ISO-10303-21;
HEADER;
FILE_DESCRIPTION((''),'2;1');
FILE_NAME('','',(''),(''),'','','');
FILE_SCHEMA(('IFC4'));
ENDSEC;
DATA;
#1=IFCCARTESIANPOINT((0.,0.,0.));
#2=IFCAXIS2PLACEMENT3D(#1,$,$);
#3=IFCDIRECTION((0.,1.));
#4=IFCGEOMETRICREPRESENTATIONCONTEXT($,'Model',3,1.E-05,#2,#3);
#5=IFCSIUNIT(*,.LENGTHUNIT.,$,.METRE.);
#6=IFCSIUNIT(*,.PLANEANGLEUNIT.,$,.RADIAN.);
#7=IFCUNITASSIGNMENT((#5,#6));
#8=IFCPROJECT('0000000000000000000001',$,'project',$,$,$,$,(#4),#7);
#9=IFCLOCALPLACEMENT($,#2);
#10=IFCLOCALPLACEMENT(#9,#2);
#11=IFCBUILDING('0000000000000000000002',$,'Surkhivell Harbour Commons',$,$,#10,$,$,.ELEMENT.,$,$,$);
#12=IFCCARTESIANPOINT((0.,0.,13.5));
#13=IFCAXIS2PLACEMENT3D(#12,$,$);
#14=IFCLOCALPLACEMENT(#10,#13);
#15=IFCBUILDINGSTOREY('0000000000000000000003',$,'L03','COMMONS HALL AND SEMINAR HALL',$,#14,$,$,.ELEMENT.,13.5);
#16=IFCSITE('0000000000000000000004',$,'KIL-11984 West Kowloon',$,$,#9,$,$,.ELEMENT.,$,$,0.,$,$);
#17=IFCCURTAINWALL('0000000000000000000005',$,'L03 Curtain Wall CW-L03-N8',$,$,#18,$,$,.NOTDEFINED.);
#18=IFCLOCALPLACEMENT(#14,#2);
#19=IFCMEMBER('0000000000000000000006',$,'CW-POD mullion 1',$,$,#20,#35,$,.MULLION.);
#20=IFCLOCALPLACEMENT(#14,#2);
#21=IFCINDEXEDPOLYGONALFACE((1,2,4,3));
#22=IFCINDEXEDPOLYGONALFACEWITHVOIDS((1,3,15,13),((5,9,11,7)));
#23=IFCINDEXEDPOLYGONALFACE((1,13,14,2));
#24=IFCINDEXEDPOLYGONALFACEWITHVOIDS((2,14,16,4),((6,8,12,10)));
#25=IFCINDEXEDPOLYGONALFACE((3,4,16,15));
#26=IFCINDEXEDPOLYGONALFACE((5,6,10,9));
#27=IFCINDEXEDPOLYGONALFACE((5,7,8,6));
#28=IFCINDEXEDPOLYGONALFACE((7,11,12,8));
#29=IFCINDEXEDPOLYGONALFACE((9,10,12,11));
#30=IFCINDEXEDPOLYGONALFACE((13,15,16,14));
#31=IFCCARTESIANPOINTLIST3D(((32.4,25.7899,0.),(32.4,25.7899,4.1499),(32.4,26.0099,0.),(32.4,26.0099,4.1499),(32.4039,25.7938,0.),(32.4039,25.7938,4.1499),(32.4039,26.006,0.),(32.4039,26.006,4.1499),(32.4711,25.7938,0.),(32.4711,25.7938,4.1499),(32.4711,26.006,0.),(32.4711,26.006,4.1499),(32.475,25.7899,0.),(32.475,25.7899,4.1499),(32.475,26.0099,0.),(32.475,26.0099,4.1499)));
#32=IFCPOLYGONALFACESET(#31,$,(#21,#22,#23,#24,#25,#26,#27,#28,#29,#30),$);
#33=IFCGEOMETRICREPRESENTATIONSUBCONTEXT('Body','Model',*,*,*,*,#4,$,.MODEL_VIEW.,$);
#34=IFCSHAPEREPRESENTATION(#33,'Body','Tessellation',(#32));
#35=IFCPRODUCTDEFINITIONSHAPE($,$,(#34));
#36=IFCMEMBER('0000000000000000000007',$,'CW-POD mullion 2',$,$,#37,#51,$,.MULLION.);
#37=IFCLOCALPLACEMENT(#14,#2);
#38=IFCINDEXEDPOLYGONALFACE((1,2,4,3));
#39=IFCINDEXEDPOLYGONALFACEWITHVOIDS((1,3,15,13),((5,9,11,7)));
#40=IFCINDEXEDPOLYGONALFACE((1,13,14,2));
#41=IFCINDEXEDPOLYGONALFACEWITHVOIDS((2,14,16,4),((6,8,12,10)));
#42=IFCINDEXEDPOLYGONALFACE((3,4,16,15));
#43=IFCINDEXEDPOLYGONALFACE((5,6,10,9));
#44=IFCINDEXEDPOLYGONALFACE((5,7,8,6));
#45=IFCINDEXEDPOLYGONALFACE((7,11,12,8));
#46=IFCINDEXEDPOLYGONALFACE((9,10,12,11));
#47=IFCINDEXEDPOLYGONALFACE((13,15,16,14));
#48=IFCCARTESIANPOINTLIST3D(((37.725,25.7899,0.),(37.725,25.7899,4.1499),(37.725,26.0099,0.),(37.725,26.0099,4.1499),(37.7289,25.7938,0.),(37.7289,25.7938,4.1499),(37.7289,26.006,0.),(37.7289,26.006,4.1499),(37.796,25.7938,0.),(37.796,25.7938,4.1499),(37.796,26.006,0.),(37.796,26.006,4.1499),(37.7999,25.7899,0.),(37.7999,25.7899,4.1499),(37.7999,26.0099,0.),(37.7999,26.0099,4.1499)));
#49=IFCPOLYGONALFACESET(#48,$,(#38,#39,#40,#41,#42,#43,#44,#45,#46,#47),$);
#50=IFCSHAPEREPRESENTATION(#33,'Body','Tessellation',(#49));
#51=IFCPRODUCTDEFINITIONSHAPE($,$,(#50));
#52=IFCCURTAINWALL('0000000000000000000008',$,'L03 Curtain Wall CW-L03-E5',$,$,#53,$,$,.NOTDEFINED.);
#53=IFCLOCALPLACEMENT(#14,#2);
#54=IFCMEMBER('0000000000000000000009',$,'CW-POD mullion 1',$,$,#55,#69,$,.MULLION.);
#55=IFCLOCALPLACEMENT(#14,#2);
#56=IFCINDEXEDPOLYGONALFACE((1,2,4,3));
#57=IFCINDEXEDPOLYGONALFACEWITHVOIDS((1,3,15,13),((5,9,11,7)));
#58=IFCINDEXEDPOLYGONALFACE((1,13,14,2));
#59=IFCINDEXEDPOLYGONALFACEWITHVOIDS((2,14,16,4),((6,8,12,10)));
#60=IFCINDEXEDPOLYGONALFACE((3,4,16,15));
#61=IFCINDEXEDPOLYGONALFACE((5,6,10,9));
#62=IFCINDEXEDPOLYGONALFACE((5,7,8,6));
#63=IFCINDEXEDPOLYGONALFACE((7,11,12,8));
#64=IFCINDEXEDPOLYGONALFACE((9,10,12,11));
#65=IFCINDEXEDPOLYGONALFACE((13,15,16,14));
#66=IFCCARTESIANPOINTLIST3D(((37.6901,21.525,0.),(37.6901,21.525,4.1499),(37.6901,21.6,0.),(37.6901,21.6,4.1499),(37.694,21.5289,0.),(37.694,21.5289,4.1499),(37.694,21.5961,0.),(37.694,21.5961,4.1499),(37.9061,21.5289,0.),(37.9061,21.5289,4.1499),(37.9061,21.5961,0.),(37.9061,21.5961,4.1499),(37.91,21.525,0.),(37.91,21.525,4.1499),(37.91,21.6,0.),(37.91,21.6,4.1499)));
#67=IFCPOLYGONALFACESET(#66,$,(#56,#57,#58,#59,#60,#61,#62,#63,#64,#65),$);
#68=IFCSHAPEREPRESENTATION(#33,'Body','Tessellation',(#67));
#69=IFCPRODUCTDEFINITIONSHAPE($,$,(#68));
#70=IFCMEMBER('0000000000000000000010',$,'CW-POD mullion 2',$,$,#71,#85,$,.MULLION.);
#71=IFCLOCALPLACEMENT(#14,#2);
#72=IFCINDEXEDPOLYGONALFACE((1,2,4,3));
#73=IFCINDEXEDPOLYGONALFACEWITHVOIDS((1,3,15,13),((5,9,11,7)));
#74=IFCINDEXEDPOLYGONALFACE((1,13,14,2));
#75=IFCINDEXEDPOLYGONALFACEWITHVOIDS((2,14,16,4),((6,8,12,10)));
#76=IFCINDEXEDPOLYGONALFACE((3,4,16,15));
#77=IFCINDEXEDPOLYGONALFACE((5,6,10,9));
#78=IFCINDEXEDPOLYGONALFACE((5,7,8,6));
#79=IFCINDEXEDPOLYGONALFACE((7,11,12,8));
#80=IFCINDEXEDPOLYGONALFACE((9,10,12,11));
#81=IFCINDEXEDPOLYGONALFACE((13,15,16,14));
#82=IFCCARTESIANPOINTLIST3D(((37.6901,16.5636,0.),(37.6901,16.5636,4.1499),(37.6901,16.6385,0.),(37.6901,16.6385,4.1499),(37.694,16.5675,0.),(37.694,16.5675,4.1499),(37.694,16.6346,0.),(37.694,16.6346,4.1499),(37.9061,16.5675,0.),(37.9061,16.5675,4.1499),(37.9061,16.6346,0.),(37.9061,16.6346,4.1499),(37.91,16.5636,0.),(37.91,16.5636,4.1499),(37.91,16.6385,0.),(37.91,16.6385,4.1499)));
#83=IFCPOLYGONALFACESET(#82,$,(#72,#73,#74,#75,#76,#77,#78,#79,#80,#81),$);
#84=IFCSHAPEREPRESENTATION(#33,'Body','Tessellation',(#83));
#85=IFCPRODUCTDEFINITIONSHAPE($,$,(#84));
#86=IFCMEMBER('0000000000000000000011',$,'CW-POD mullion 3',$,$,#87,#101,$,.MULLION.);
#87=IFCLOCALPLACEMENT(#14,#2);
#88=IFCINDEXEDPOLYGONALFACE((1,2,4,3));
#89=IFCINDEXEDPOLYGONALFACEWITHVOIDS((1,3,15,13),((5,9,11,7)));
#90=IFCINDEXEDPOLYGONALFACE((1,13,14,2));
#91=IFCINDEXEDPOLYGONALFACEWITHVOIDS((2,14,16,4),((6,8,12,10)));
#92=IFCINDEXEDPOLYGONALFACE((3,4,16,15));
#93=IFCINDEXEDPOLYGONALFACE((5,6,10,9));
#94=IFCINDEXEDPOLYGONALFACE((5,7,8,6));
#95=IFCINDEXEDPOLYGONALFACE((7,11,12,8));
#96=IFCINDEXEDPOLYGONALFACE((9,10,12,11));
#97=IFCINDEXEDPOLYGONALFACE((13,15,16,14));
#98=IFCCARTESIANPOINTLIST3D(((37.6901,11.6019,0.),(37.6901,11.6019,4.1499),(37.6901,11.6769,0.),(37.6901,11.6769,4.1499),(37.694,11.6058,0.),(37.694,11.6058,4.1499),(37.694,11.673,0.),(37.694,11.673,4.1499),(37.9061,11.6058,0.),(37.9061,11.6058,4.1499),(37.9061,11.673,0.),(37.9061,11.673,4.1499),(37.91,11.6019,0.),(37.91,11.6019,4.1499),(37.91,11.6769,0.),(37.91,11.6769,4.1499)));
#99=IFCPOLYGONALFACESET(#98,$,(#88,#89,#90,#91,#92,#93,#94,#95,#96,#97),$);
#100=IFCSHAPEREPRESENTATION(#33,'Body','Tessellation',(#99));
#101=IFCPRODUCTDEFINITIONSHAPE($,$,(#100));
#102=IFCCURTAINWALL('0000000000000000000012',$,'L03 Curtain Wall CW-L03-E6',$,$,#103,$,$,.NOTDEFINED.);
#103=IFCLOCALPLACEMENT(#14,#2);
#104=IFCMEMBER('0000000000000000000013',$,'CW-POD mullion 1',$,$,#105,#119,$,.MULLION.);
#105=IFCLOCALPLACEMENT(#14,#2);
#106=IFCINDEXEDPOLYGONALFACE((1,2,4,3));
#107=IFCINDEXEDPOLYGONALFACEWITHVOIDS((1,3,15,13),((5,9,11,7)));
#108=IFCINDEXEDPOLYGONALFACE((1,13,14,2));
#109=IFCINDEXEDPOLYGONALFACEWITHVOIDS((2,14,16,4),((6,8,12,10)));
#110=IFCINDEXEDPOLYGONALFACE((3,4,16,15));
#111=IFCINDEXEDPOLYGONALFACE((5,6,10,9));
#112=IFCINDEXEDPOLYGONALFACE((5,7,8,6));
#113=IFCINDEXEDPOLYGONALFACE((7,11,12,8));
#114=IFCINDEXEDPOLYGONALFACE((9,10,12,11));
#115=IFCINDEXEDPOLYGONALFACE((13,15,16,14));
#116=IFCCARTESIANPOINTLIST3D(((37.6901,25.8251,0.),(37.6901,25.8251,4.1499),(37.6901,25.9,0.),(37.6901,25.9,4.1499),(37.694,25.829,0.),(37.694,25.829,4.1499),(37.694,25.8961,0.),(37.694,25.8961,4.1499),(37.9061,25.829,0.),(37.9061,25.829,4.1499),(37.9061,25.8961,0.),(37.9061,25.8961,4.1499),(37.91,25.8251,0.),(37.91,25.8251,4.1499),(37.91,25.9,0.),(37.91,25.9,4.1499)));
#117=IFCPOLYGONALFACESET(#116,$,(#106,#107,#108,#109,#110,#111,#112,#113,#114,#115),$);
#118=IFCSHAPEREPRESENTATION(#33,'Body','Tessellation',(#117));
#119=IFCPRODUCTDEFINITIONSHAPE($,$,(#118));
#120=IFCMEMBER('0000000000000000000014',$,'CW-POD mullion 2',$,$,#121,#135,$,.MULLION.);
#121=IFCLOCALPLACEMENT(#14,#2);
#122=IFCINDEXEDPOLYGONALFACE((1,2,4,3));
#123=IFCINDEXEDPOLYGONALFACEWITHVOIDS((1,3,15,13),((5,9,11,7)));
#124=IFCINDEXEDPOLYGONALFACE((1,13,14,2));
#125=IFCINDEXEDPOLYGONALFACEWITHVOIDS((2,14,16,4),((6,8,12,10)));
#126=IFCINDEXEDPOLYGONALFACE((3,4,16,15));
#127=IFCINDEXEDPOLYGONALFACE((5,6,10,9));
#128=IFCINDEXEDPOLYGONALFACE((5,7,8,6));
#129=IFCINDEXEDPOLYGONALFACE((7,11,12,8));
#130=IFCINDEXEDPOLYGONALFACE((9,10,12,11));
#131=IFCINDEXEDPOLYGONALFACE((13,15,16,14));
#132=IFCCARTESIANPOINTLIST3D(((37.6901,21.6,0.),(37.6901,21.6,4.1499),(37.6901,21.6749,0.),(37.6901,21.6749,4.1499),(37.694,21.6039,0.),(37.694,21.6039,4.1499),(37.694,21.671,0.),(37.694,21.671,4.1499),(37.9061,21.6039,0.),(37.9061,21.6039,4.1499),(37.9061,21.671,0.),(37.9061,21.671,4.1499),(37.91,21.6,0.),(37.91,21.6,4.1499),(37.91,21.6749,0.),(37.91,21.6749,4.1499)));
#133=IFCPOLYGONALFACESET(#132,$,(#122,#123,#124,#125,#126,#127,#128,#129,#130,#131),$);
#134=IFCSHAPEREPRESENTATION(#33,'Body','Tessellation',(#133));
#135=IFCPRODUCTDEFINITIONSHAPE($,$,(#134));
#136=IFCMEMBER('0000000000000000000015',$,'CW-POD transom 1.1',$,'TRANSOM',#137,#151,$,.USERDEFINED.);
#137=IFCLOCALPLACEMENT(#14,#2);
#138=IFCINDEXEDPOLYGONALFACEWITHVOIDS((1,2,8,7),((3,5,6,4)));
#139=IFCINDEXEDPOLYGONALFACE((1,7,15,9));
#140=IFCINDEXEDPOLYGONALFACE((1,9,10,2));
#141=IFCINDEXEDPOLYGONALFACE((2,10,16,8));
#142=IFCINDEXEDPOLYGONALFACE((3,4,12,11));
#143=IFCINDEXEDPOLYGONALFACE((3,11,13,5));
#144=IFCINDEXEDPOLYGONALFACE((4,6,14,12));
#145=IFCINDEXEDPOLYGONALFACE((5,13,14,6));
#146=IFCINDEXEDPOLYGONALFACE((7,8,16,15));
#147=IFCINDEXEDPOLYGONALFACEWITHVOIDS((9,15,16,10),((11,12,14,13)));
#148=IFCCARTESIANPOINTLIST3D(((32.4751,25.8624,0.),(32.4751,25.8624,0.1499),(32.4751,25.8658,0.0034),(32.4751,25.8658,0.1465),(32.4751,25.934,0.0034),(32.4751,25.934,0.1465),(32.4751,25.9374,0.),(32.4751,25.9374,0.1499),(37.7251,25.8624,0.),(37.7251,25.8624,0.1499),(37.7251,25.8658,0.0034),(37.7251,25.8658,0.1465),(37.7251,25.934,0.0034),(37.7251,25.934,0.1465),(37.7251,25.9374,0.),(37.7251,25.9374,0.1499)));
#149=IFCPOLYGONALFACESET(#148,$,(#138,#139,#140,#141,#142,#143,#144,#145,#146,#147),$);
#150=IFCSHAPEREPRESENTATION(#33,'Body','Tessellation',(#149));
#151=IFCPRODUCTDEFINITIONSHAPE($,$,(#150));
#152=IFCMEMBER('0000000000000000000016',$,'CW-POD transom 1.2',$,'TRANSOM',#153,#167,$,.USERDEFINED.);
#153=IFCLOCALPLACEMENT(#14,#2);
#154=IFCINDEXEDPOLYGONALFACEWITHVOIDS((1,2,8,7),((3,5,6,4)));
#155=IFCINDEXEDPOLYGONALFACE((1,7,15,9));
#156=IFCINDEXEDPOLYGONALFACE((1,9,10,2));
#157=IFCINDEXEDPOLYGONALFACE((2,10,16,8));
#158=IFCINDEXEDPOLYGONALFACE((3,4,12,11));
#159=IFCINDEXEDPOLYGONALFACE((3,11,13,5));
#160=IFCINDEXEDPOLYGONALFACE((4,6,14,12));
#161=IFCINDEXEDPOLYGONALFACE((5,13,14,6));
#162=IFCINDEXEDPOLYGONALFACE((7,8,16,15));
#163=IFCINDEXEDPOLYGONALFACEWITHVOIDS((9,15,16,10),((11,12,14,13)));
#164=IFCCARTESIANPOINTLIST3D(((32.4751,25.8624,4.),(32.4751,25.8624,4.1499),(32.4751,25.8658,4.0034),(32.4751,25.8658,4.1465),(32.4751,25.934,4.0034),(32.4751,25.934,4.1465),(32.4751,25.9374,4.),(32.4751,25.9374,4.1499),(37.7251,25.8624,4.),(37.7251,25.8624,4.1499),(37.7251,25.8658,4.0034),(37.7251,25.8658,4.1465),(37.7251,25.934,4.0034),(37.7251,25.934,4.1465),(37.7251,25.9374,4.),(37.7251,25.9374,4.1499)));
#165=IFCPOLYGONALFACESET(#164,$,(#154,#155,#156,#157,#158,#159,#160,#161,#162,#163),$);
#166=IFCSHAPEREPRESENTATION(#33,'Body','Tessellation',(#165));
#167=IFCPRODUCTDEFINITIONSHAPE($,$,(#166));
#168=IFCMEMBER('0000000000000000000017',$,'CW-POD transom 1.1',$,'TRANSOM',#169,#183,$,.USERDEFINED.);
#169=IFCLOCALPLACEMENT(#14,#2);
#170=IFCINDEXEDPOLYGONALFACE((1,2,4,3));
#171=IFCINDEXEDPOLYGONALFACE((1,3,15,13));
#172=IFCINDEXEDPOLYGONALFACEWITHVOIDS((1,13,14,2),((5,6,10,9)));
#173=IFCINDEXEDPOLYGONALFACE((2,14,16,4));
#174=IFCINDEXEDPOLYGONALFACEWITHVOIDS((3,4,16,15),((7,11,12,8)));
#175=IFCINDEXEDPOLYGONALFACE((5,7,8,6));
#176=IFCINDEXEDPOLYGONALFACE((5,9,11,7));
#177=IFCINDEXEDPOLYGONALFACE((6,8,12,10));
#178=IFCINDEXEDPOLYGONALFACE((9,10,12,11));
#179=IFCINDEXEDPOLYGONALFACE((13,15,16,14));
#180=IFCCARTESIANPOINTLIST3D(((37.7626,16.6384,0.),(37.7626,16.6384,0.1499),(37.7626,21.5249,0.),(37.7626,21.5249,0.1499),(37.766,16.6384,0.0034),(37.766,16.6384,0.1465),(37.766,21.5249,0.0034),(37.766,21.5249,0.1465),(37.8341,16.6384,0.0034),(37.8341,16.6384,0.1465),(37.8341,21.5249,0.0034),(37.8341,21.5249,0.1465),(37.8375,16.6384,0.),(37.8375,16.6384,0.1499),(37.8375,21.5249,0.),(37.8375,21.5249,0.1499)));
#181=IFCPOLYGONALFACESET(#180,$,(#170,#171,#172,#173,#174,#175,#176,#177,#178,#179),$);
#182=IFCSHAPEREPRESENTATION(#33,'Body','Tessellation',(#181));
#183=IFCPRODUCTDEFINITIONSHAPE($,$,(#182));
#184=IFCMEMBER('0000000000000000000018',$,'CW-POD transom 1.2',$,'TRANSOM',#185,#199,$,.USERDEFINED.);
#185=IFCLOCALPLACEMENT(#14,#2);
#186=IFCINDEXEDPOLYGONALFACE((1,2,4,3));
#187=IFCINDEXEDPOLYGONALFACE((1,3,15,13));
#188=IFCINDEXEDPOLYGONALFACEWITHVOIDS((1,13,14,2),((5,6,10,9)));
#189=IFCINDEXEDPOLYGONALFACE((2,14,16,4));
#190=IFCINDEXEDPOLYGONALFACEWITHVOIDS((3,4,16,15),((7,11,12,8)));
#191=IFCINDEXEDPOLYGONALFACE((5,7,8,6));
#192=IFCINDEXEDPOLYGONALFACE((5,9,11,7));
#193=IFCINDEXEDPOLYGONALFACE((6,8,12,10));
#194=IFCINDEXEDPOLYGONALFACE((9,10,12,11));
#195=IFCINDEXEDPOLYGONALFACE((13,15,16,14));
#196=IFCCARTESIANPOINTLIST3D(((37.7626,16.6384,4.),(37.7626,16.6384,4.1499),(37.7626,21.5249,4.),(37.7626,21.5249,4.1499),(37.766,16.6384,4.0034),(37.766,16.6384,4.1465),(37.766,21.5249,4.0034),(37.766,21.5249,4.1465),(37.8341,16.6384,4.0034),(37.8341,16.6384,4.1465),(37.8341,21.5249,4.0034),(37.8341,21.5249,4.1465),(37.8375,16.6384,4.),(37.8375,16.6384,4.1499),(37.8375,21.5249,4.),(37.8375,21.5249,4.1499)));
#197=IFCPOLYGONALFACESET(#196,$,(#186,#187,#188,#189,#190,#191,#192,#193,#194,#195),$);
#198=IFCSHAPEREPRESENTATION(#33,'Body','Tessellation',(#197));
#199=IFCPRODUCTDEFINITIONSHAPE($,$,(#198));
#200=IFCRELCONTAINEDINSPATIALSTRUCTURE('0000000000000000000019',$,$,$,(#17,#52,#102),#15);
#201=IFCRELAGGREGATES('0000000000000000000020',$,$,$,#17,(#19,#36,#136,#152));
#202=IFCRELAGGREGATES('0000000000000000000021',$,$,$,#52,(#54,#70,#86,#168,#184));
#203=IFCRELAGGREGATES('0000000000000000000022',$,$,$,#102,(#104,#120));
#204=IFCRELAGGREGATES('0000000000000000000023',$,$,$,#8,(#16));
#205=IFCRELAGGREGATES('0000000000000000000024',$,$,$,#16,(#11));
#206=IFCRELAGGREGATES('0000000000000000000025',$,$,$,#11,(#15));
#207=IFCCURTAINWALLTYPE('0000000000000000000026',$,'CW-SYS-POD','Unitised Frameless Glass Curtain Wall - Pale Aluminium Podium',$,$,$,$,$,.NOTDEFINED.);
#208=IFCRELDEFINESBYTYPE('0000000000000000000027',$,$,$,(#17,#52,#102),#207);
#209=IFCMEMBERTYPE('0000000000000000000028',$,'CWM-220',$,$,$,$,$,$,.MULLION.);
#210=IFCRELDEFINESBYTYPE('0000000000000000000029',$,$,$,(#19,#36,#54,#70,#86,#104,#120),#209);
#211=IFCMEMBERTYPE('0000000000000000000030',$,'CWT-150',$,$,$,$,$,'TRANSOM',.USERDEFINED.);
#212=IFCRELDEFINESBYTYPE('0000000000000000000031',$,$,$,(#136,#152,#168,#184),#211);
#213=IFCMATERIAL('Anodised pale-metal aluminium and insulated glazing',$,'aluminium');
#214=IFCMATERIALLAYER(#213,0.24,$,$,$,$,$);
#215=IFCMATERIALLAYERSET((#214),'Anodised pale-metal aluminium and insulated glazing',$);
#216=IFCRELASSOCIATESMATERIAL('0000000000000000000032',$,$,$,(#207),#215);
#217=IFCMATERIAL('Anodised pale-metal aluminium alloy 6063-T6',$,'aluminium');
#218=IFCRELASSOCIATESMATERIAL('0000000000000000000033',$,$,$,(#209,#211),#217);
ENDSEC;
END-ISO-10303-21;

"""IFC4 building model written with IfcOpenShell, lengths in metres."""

from ifc_helpers import new_model, si_unit, direction, frame, origin, origin_2d, place, context, subcontext, project, spatial, hollow_rectangle, extrude, material, layer, layer_set, material_profile, profile_set, type_object, element, aggregate, save


model = new_model("IFC4")

# Units and contexts
model_context = context("Model", 3, precision=1e-05, world=origin(), true_north=direction((0.0, 1.0)))
body_context = subcontext(model_context, "Body", "Model", "MODEL_VIEW")
ifc_project = project(units=[si_unit("LENGTHUNIT", "METRE"), si_unit("PLANEANGLEUNIT", "RADIAN")], contexts=[model_context])

# Site, building, storey
site_placement = place(None, origin())
site = spatial("IfcSite", under=ifc_project, at=site_placement, Name="KIL-11984 West Kowloon", CompositionType="ELEMENT", RefElevation=0.0)
building_placement = place(site_placement, origin())
building = spatial("IfcBuilding", under=site, at=building_placement, Name="Surkhivell Harbour Commons", CompositionType="ELEMENT")
storey_placement = place(building_placement, frame((0.0, 0.0, 13.5)))
storey = spatial("IfcBuildingStorey", under=building, at=storey_placement, Name="L03", Description="COMMONS HALL AND SEMINAR HALL", CompositionType="ELEMENT", Elevation=13.5)

# Shared definitions
ifc_material_1 = material(Name="Anodised pale-metal aluminium and insulated glazing", Category="aluminium")
ifc_layer_1 = layer(ifc_material_1, 0.24)
ifc_layer_set_1 = layer_set([ifc_layer_1], Name="Anodised pale-metal aluminium and insulated glazing")
curtain_wall_type = type_object("IfcCurtainWallType", Name="CW-SYS-POD", Description="Unitised Frameless Glass Curtain Wall - Pale Aluminium Podium", PredefinedType="NOTDEFINED", material=ifc_layer_set_1)
ifc_material_2 = material(Name="Anodised pale-metal aluminium alloy 6063-T6", Category="aluminium")
ifc_material_profile_1 = material_profile(ifc_material_2, hollow_rectangle(XDim=0.075, YDim=0.22, WallThickness=0.0039, at=origin_2d()), Name="ALU-MULL-75x220")
ifc_profile_set_1 = profile_set([ifc_material_profile_1], Name="Anodised pale-metal aluminium alloy 6063-T6")
member_type_1 = type_object("IfcMemberType", Name="CWM-220", PredefinedType="MULLION", material=ifc_profile_set_1)

# Curtain walls, members
curtain_wall_1_placement = place(storey_placement, origin())
curtain_wall_1 = element("IfcCurtainWall", 1, at=curtain_wall_1_placement, inside=storey, type_object=curtain_wall_type, Name="L03 Curtain Wall CW-L03-N8", PredefinedType="NOTDEFINED")
member_1_placement = place(storey_placement, frame((32.4375, 25.8999, 0.0), z_axis=(0.0, 0.0, 1.0), x_axis=(1.0, 0.0, 0.0)))
member_1 = element("IfcMember", 2, at=member_1_placement, type_object=member_type_1, Name="CW-POD mullion 1", PredefinedType="MULLION", context=body_context, shape_type="SweptSolid", body=[
    extrude(hollow_rectangle(XDim=0.075, YDim=0.22, WallThickness=0.0039, at=origin_2d()), origin(), (0.0, 0.0, 1.0), 4.1499),
])
member_2_placement = place(storey_placement, frame((37.7625, 25.8999, 0.0), z_axis=(0.0, 0.0, 1.0), x_axis=(1.0, 0.0, 0.0)))
member_2 = element("IfcMember", 3, at=member_2_placement, type_object=member_type_1, Name="CW-POD mullion 2", PredefinedType="MULLION", context=body_context, shape_type="SweptSolid", body=[
    extrude(hollow_rectangle(XDim=0.075, YDim=0.22, WallThickness=0.0039, at=origin_2d()), origin(), (0.0, 0.0, 1.0), 4.1499),
])
curtain_wall_2_placement = place(storey_placement, origin())
curtain_wall_2 = element("IfcCurtainWall", 4, at=curtain_wall_2_placement, inside=storey, type_object=curtain_wall_type, Name="L03 Curtain Wall CW-L03-E5", PredefinedType="NOTDEFINED")
member_3_placement = place(storey_placement, frame((37.8, 21.5625, 0.0), z_axis=(0.0, 0.0, 1.0), x_axis=(0.0, -1.0, 0.0)))
member_3 = element("IfcMember", 5, at=member_3_placement, type_object=member_type_1, Name="CW-POD mullion 1", PredefinedType="MULLION", context=body_context, shape_type="SweptSolid", body=[
    extrude(hollow_rectangle(XDim=0.075, YDim=0.22, WallThickness=0.0039, at=origin_2d()), origin(), (0.0, 0.0, 1.0), 4.1499),
])
member_4_placement = place(storey_placement, frame((37.8, 16.6011, 0.0), z_axis=(0.0, 0.0, 1.0), x_axis=(0.0, -1.0, 0.0)))
member_4 = element("IfcMember", 6, at=member_4_placement, type_object=member_type_1, Name="CW-POD mullion 2", PredefinedType="MULLION", context=body_context, shape_type="SweptSolid", body=[
    extrude(hollow_rectangle(XDim=0.075, YDim=0.22, WallThickness=0.0039, at=origin_2d()), origin(), (0.0, 0.0, 1.0), 4.1499),
])
member_5_placement = place(storey_placement, frame((37.8, 11.6394, 0.0), z_axis=(0.0, 0.0, 1.0), x_axis=(0.0, -1.0, 0.0)))
member_5 = element("IfcMember", 7, at=member_5_placement, type_object=member_type_1, Name="CW-POD mullion 3", PredefinedType="MULLION", context=body_context, shape_type="SweptSolid", body=[
    extrude(hollow_rectangle(XDim=0.075, YDim=0.22, WallThickness=0.0039, at=origin_2d()), origin(), (0.0, 0.0, 1.0), 4.1499),
])
curtain_wall_3_placement = place(storey_placement, origin())
curtain_wall_3 = element("IfcCurtainWall", 8, at=curtain_wall_3_placement, inside=storey, type_object=curtain_wall_type, Name="L03 Curtain Wall CW-L03-E6", PredefinedType="NOTDEFINED")
member_6_placement = place(storey_placement, frame((37.8, 25.8625, 0.0), z_axis=(0.0, 0.0, 1.0), x_axis=(0.0, -1.0, 0.0)))
member_6 = element("IfcMember", 9, at=member_6_placement, type_object=member_type_1, Name="CW-POD mullion 1", PredefinedType="MULLION", context=body_context, shape_type="SweptSolid", body=[
    extrude(hollow_rectangle(XDim=0.075, YDim=0.22, WallThickness=0.0039, at=origin_2d()), origin(), (0.0, 0.0, 1.0), 4.1499),
])
member_7_placement = place(storey_placement, frame((37.8, 21.6375, 0.0), z_axis=(0.0, 0.0, 1.0), x_axis=(0.0, -1.0, 0.0)))
member_7 = element("IfcMember", 10, at=member_7_placement, type_object=member_type_1, Name="CW-POD mullion 2", PredefinedType="MULLION", context=body_context, shape_type="SweptSolid", body=[
    extrude(hollow_rectangle(XDim=0.075, YDim=0.22, WallThickness=0.0039, at=origin_2d()), origin(), (0.0, 0.0, 1.0), 4.1499),
])

# Members
ifc_material_profile_2 = material_profile(ifc_material_2, hollow_rectangle(XDim=0.075, YDim=0.1499, WallThickness=0.0034, at=origin_2d()), Name="ALU-TRAN-75x150")
ifc_profile_set_2 = profile_set([ifc_material_profile_2], Name="Anodised pale-metal aluminium alloy 6063-T6")
member_type_2 = type_object("IfcMemberType", Name="CWT-150", ElementType="TRANSOM", PredefinedType="USERDEFINED", material=ifc_profile_set_2)
member_8_placement = place(storey_placement, frame((32.4751, 25.8999, 0.075), z_axis=(1.0, 0.0, 0.0), x_axis=(0.0, 1.0, 0.0)))
member_8 = element("IfcMember", 11, at=member_8_placement, type_object=member_type_2, Name="CW-POD transom 1.1", ObjectType="TRANSOM", PredefinedType="USERDEFINED", context=body_context, shape_type="SweptSolid", body=[
    extrude(hollow_rectangle(XDim=0.075, YDim=0.1499, WallThickness=0.0034, at=origin_2d()), origin(), (0.0, 0.0, 1.0), 5.25),
])
member_9_placement = place(storey_placement, frame((32.4751, 25.8999, 4.075), z_axis=(1.0, 0.0, 0.0), x_axis=(0.0, 1.0, 0.0)))
member_9 = element("IfcMember", 12, at=member_9_placement, type_object=member_type_2, Name="CW-POD transom 1.2", ObjectType="TRANSOM", PredefinedType="USERDEFINED", context=body_context, shape_type="SweptSolid", body=[
    extrude(hollow_rectangle(XDim=0.075, YDim=0.1499, WallThickness=0.0034, at=origin_2d()), origin(), (0.0, 0.0, 1.0), 5.25),
])
member_10_placement = place(storey_placement, frame((37.8, 21.5249, 0.075), z_axis=(0.0, -1.0, 0.0), x_axis=(1.0, 0.0, 0.0)))
member_10 = element("IfcMember", 13, at=member_10_placement, type_object=member_type_2, Name="CW-POD transom 1.1", ObjectType="TRANSOM", PredefinedType="USERDEFINED", context=body_context, shape_type="SweptSolid", body=[
    extrude(hollow_rectangle(XDim=0.075, YDim=0.1499, WallThickness=0.0034, at=origin_2d()), origin(), (0.0, 0.0, 1.0), 4.8865),
])
member_11_placement = place(storey_placement, frame((37.8, 21.5249, 4.075), z_axis=(0.0, -1.0, 0.0), x_axis=(1.0, 0.0, 0.0)))
member_11 = element("IfcMember", 14, at=member_11_placement, type_object=member_type_2, Name="CW-POD transom 1.2", ObjectType="TRANSOM", PredefinedType="USERDEFINED", context=body_context, shape_type="SweptSolid", body=[
    extrude(hollow_rectangle(XDim=0.075, YDim=0.1499, WallThickness=0.0034, at=origin_2d()), origin(), (0.0, 0.0, 1.0), 4.8865),
])

aggregate(curtain_wall_1, [member_1, member_2, member_8, member_9])
aggregate(curtain_wall_2, [member_3, member_4, member_5, member_10, member_11])
aggregate(curtain_wall_3, [member_6, member_7])

save(model, "model.ifc")
